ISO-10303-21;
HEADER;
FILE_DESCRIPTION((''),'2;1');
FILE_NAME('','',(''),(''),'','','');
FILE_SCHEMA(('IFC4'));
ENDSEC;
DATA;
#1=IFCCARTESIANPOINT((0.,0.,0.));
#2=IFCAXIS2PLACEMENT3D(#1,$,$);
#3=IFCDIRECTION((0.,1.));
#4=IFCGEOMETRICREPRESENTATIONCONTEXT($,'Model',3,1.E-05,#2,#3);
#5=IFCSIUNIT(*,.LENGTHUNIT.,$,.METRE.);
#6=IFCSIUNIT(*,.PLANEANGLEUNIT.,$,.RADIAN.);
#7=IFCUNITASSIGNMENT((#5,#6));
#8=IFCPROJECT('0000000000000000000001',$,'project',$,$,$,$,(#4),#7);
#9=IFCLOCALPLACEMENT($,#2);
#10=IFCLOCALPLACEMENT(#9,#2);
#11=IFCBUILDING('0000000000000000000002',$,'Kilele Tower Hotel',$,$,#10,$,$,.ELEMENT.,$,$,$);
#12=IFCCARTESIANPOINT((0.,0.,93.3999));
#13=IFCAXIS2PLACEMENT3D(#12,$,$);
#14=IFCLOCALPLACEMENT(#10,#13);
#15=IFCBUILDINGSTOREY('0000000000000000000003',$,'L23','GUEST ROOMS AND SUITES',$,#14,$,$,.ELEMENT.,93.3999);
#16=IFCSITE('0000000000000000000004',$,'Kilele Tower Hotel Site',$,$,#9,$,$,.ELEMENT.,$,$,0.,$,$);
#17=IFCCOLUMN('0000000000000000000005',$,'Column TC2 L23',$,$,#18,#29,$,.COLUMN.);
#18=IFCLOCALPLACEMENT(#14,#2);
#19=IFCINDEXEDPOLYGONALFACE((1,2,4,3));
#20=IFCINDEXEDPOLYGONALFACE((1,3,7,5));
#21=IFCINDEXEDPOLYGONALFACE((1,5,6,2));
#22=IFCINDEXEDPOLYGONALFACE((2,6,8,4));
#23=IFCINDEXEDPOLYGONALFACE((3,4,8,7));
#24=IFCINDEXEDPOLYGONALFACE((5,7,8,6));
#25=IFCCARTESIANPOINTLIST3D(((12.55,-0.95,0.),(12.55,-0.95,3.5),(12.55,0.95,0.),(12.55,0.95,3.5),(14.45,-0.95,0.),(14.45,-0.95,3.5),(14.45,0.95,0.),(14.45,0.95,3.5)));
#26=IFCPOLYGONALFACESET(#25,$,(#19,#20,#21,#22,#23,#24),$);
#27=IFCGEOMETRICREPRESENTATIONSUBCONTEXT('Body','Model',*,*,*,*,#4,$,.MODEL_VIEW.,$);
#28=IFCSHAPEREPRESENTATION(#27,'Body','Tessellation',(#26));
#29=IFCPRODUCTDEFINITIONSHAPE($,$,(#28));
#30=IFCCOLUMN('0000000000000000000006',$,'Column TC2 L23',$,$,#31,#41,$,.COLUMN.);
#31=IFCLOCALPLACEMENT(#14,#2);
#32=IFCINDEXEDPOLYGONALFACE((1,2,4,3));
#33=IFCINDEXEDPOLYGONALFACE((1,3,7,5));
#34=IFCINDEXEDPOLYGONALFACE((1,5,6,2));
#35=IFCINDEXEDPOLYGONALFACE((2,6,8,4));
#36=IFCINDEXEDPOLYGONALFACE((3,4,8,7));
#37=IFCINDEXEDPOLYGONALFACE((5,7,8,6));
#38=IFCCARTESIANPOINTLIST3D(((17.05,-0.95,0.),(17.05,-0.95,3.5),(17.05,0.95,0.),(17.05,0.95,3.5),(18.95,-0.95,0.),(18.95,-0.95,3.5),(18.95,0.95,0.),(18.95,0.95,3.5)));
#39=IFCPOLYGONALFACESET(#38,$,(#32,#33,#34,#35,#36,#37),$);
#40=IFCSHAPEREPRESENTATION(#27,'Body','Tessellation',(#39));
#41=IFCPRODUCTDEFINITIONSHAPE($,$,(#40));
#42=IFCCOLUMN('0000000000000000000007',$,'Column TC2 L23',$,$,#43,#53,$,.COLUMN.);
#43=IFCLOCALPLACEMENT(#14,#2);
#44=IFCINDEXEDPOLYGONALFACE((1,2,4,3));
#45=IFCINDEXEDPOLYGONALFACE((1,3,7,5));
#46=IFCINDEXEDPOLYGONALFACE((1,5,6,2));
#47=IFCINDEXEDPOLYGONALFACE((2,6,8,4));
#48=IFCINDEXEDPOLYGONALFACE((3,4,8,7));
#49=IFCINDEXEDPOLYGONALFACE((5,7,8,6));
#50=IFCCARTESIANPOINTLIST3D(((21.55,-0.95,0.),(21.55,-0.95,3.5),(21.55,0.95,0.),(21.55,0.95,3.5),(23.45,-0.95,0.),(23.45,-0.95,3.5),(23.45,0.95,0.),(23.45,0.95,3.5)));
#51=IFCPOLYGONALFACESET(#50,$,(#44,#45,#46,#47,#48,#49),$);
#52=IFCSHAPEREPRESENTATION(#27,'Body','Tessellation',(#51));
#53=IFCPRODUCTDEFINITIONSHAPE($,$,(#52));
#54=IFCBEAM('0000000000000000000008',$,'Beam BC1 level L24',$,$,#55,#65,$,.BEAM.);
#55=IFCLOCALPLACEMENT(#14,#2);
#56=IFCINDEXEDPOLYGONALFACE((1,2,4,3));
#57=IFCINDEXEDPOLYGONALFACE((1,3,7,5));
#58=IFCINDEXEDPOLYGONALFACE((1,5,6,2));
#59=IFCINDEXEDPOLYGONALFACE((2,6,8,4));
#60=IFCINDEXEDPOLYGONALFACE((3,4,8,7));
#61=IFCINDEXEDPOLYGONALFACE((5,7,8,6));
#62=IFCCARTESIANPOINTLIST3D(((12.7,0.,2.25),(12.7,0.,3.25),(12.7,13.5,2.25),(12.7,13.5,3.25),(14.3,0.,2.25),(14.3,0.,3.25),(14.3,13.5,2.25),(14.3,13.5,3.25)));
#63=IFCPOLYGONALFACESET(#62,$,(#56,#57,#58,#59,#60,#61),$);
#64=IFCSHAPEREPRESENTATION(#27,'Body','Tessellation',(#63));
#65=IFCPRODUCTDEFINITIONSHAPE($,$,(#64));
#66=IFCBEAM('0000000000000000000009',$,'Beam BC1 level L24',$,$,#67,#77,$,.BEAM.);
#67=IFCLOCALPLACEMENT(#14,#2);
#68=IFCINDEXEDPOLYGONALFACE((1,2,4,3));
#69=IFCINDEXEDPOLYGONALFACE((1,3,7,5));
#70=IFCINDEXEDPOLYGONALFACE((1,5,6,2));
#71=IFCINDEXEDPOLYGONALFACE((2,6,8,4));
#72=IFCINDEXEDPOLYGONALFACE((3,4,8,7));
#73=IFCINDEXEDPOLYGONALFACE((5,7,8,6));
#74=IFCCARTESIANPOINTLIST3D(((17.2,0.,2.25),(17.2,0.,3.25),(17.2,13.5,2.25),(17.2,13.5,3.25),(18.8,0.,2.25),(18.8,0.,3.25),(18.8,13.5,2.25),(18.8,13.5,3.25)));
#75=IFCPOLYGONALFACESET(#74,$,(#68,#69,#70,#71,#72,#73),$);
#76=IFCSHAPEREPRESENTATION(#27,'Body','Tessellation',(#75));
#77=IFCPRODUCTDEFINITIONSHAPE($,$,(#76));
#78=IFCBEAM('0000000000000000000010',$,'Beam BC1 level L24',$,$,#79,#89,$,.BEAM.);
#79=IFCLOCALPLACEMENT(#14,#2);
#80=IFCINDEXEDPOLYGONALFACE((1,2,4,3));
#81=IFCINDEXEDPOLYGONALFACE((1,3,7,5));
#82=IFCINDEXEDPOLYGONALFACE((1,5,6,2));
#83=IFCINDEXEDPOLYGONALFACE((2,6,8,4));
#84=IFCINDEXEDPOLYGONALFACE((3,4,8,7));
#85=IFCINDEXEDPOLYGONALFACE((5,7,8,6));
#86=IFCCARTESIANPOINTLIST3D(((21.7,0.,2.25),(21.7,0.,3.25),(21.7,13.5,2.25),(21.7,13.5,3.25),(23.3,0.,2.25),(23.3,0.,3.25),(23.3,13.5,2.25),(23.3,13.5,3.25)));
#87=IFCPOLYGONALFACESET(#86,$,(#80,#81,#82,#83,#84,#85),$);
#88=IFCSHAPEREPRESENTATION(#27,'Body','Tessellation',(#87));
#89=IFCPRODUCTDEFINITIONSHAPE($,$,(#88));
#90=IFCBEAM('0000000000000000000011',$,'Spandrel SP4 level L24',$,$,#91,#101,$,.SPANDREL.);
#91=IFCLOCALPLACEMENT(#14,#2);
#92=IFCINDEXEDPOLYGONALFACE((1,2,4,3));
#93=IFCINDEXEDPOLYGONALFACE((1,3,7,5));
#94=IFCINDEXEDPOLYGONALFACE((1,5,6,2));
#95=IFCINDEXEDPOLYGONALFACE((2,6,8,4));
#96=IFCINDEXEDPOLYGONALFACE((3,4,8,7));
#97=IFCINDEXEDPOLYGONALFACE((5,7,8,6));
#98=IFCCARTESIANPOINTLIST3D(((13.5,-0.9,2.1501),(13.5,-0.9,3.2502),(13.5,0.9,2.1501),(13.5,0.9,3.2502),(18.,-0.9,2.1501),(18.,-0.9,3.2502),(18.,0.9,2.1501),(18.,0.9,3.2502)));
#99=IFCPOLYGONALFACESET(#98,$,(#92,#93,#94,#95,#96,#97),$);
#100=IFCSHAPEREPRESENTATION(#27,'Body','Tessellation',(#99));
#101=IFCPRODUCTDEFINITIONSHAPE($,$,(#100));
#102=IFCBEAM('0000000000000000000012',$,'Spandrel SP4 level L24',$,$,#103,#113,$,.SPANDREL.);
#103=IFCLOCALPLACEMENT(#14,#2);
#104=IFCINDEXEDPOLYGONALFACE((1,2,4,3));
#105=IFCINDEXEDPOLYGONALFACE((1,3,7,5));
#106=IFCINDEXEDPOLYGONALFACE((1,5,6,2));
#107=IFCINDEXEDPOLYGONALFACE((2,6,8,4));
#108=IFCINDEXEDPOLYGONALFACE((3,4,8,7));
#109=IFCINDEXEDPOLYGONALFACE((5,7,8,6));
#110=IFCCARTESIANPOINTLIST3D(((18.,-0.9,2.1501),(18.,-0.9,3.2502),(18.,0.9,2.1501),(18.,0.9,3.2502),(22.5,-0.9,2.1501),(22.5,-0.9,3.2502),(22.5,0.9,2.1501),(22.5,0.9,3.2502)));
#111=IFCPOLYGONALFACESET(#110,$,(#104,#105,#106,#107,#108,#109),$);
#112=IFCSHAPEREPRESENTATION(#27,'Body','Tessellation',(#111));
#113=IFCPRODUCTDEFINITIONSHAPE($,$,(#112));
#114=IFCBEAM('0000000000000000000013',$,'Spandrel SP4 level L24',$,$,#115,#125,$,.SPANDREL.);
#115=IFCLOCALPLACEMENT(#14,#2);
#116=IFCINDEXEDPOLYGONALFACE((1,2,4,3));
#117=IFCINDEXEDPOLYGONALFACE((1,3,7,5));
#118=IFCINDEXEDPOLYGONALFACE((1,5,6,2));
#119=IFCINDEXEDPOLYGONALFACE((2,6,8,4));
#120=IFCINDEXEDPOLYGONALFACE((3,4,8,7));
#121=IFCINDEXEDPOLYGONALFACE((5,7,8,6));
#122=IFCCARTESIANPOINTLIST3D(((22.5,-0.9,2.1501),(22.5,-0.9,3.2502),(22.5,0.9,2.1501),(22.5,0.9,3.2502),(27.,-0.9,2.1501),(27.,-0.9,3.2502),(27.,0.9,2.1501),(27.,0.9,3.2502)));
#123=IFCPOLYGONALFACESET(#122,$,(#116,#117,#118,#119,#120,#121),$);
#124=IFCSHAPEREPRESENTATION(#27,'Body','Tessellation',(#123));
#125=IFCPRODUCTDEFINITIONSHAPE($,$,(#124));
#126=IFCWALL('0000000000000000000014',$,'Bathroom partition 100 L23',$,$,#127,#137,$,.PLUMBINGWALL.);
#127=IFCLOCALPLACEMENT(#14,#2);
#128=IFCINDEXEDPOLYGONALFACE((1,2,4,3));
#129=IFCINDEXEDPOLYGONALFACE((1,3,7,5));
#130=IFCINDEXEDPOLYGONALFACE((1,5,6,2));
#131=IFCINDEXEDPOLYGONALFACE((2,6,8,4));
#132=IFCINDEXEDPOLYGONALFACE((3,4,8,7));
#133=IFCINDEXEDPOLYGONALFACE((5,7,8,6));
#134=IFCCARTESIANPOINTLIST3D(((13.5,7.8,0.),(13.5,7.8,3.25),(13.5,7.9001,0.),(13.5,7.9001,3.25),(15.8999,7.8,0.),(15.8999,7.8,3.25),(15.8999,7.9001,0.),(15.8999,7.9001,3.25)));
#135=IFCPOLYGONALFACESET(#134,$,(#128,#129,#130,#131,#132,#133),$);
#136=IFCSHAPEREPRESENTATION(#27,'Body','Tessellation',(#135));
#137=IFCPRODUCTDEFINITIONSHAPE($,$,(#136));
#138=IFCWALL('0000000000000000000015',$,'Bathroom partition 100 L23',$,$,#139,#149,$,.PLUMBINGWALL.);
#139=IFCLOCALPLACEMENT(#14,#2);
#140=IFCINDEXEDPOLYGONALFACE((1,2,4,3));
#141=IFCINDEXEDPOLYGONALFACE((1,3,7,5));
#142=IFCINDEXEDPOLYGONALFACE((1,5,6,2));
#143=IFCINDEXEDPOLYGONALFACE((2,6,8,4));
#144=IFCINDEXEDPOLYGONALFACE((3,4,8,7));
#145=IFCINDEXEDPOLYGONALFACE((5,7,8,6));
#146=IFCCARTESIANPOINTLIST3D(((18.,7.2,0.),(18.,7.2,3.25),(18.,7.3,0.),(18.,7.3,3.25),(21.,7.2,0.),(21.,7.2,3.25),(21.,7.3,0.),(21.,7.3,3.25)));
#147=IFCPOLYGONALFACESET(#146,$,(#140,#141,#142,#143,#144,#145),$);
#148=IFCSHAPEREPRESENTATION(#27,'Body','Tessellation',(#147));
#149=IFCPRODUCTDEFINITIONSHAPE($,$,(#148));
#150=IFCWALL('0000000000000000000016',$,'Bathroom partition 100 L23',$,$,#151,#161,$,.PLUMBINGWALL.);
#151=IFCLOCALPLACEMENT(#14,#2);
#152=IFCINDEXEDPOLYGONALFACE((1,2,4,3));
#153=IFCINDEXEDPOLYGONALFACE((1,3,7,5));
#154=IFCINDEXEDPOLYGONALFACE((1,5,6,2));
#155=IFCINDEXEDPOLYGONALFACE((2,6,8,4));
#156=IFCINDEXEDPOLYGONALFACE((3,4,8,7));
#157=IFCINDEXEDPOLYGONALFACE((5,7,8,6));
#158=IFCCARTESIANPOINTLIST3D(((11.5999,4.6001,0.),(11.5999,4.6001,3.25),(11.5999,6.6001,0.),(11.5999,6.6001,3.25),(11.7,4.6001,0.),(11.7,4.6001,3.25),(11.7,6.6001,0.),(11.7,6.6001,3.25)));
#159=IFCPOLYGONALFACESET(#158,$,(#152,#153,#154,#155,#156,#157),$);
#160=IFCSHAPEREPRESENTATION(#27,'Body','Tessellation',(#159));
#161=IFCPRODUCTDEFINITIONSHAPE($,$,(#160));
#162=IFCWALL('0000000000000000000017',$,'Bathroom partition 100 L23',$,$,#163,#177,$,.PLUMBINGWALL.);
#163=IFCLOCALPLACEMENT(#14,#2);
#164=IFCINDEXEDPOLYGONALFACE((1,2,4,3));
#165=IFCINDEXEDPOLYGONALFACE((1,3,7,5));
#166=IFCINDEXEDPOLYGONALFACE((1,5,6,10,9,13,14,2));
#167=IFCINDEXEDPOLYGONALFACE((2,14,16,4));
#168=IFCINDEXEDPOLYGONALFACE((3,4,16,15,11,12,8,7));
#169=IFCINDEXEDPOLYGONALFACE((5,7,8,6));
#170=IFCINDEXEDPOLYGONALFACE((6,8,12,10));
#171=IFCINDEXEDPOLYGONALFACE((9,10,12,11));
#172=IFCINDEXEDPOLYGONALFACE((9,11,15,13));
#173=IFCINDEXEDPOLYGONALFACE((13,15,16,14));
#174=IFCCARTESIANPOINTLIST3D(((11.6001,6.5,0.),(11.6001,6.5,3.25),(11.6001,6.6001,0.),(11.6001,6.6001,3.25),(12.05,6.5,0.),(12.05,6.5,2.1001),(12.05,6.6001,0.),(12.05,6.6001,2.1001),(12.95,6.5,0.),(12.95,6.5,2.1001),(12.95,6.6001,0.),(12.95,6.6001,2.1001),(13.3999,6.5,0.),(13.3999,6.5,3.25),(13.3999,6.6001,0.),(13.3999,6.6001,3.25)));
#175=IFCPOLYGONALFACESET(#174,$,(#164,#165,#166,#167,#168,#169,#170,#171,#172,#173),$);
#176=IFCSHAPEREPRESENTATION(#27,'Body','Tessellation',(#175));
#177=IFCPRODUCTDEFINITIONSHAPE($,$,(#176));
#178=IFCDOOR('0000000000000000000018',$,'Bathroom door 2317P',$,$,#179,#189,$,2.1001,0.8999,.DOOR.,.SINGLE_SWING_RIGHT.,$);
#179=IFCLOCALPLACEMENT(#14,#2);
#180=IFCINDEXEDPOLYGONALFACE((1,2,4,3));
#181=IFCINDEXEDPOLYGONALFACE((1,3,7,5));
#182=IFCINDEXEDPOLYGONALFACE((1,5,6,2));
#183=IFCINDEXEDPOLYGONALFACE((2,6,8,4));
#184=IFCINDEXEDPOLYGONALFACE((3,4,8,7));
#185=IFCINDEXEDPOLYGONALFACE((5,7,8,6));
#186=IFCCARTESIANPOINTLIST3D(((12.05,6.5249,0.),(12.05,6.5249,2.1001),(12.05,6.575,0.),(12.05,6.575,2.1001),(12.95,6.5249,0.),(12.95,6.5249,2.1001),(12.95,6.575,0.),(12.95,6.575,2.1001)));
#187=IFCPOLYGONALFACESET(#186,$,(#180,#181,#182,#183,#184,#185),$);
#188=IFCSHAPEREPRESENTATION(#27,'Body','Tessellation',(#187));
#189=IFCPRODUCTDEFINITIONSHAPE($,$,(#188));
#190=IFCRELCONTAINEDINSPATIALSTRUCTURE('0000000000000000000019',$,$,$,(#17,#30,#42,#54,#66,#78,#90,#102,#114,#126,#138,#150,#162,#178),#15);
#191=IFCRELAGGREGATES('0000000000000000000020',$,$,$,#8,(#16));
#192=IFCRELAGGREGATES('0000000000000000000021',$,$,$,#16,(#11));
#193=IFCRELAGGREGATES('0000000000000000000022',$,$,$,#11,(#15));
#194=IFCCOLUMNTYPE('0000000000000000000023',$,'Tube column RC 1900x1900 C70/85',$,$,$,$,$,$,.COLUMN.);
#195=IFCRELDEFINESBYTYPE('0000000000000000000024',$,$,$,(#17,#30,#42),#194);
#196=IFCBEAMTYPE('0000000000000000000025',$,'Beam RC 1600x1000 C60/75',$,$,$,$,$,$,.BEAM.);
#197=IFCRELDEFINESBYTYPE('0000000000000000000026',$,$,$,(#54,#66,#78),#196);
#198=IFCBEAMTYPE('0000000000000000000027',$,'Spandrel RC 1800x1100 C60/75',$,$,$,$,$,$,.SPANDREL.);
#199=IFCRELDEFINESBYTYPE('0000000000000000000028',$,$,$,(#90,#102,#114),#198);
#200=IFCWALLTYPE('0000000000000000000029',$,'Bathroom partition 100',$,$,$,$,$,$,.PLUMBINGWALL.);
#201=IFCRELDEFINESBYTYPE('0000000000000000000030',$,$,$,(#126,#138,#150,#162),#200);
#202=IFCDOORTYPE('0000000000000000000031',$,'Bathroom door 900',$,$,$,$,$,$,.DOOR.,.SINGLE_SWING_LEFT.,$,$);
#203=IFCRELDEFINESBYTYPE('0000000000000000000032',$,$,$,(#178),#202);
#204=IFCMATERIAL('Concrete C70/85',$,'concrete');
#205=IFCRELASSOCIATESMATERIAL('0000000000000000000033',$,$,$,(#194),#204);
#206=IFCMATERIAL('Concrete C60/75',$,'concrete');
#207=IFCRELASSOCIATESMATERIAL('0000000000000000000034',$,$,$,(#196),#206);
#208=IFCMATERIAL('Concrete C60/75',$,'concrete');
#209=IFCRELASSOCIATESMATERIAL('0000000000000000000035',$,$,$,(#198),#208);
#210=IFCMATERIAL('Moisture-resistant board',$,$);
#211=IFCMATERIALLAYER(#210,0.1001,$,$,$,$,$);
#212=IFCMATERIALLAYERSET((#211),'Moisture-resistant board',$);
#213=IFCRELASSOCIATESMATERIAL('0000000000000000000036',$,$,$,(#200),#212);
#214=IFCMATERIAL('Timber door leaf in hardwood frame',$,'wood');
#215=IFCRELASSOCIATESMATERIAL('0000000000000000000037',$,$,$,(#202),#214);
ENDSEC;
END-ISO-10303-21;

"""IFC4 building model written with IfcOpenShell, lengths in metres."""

from ifc_helpers import new_model, si_unit, direction, frame, frame_2d, origin, origin_2d, place, context, subcontext, project, spatial, rectangle, extrude, material, layer, layer_set, material_profile, profile_set, type_object, element, fill, save


model = new_model("IFC4")

# Units and contexts
model_context = context("Model", 3, precision=1e-05, world=origin(), true_north=direction((0.0, 1.0)))
body_context = subcontext(model_context, "Body", "Model", "MODEL_VIEW")
ifc_project = project(units=[si_unit("LENGTHUNIT", "METRE"), si_unit("PLANEANGLEUNIT", "RADIAN")], contexts=[model_context])

# Site, building, storey
site_placement = place(None, origin())
site = spatial("IfcSite", under=ifc_project, at=site_placement, Name="Kilele Tower Hotel Site", CompositionType="ELEMENT", RefElevation=0.0)
building_placement = place(site_placement, origin())
building = spatial("IfcBuilding", under=site, at=building_placement, Name="Kilele Tower Hotel", CompositionType="ELEMENT")
storey_placement = place(building_placement, frame((0.0, 0.0, 93.3999)))
storey = spatial("IfcBuildingStorey", under=building, at=storey_placement, Name="L23", Description="GUEST ROOMS AND SUITES", CompositionType="ELEMENT", Elevation=93.3999)

# Columns
ifc_material_1 = material(Name="Concrete C70/85", Category="concrete")
ifc_material_profile_1 = material_profile(ifc_material_1, rectangle(XDim=1.8999, YDim=1.8999, at=origin_2d()))
ifc_profile_set_1 = profile_set([ifc_material_profile_1], Name="Concrete C70/85")
column_type = type_object("IfcColumnType", Name="Tube column RC 1900x1900 C70/85", PredefinedType="COLUMN", material=ifc_profile_set_1)
for number, where, z_axis, x_axis, name in (
    (1, (13.5, 0.0, 0.0), (0.0, 0.0, 1.0), (1.0, 0.0, 0.0), "Column TC2 L23"),
    (2, (18.0, 0.0, 0.0), (0.0, 0.0, 1.0), (1.0, 0.0, 0.0), "Column TC2 L23"),
    (3, (22.5, 0.0, 0.0), (0.0, 0.0, 1.0), (1.0, 0.0, 0.0), "Column TC2 L23"),
):
    element("IfcColumn", number, at=place(storey_placement, frame(where, z_axis=z_axis, x_axis=x_axis)), inside=storey, type_object=column_type, Name=name, PredefinedType="COLUMN", context=body_context, shape_type="SweptSolid", body=[
        extrude(rectangle(XDim=1.8999, YDim=1.8999, at=origin_2d()), origin(), (0.0, 0.0, 1.0), 3.5),
    ])

# Beams
ifc_material_2 = material(Name="Concrete C60/75", Category="concrete")
ifc_material_profile_2 = material_profile(ifc_material_2, rectangle(XDim=1.6001, YDim=1.0, at=origin_2d()))
ifc_profile_set_2 = profile_set([ifc_material_profile_2], Name="Concrete C60/75")
beam_type_1 = type_object("IfcBeamType", Name="Beam RC 1600x1000 C60/75", PredefinedType="BEAM", material=ifc_profile_set_2)
for number, where, z_axis, x_axis, name in (
    (4, (13.5, 0.0, 2.75), (0.0, 1.0, 0.0), (-1.0, 0.0, 0.0), "Beam BC1 level L24"),
    (5, (18.0, 0.0, 2.75), (0.0, 1.0, 0.0), (-1.0, 0.0, 0.0), "Beam BC1 level L24"),
    (6, (22.5, 0.0, 2.75), (0.0, 1.0, 0.0), (-1.0, 0.0, 0.0), "Beam BC1 level L24"),
):
    element("IfcBeam", number, at=place(storey_placement, frame(where, z_axis=z_axis, x_axis=x_axis)), inside=storey, type_object=beam_type_1, Name=name, PredefinedType="BEAM", context=body_context, shape_type="SweptSolid", body=[
        extrude(rectangle(XDim=1.6001, YDim=1.0, at=origin_2d()), origin(), (0.0, 0.0, 1.0), 13.5),
    ])
ifc_material_3 = material(Name="Concrete C60/75", Category="concrete")
ifc_material_profile_3 = material_profile(ifc_material_3, rectangle(XDim=1.8, YDim=1.1001, at=origin_2d()))
ifc_profile_set_3 = profile_set([ifc_material_profile_3], Name="Concrete C60/75")
beam_type_2 = type_object("IfcBeamType", Name="Spandrel RC 1800x1100 C60/75", PredefinedType="SPANDREL", material=ifc_profile_set_3)
for number, where, z_axis, x_axis, name in (
    (7, (13.5, 0.0, 2.7002), (1.0, 0.0, 0.0), (0.0, 1.0, 0.0), "Spandrel SP4 level L24"),
    (8, (18.0, 0.0, 2.7002), (1.0, 0.0, 0.0), (0.0, 1.0, 0.0), "Spandrel SP4 level L24"),
    (9, (22.5, 0.0, 2.7002), (1.0, 0.0, 0.0), (0.0, 1.0, 0.0), "Spandrel SP4 level L24"),
):
    element("IfcBeam", number, at=place(storey_placement, frame(where, z_axis=z_axis, x_axis=x_axis)), inside=storey, type_object=beam_type_2, Name=name, PredefinedType="SPANDREL", context=body_context, shape_type="SweptSolid", body=[
        extrude(rectangle(XDim=1.8, YDim=1.1001, at=origin_2d()), origin(), (0.0, 0.0, 1.0), 4.5),
    ])

# Walls
ifc_material_4 = material(Name="Moisture-resistant board")
ifc_layer_1 = layer(ifc_material_4, 0.1001)
ifc_layer_set_1 = layer_set([ifc_layer_1], Name="Moisture-resistant board")
wall_type_1 = type_object("IfcWallType", Name="Bathroom partition 100", PredefinedType="PLUMBINGWALL", material=ifc_layer_set_1)
wall_1_placement = place(storey_placement, frame((13.5, 7.8501, 0.0), z_axis=(0.0, 0.0, 1.0), x_axis=(1.0, 0.0, 0.0)))
element("IfcWall", 10, at=wall_1_placement, inside=storey, type_object=wall_type_1, Name="Bathroom partition 100 L23", PredefinedType="PLUMBINGWALL", context=body_context, shape_type="SweptSolid", body=[
    extrude(rectangle(XDim=2.3999, YDim=0.1001, at=frame_2d((1.2, 0.0))), origin(), (0.0, 0.0, 1.0), 3.25),
])
wall_2_placement = place(storey_placement, frame((18.0, 7.25, 0.0), z_axis=(0.0, 0.0, 1.0), x_axis=(1.0, 0.0, 0.0)))
element("IfcWall", 11, at=wall_2_placement, inside=storey, type_object=wall_type_1, Name="Bathroom partition 100 L23", PredefinedType="PLUMBINGWALL", context=body_context, shape_type="SweptSolid", body=[
    extrude(rectangle(XDim=3.0, YDim=0.1001, at=frame_2d((1.5, 0.0))), origin(), (0.0, 0.0, 1.0), 3.25),
])
wall_3_placement = place(storey_placement, frame((11.6499, 4.6001, 0.0), z_axis=(0.0, 0.0, 1.0), x_axis=(0.0, 1.0, 0.0)))
element("IfcWall", 12, at=wall_3_placement, inside=storey, type_object=wall_type_1, Name="Bathroom partition 100 L23", PredefinedType="PLUMBINGWALL", context=body_context, shape_type="SweptSolid", body=[
    extrude(rectangle(XDim=2.0, YDim=0.1001, at=frame_2d((1.0, 0.0))), origin(), (0.0, 0.0, 1.0), 3.25),
])

# Wall, opening, door
wall_4_placement = place(storey_placement, frame((13.3999, 6.55, 0.0), z_axis=(0.0, 0.0, 1.0), x_axis=(-1.0, 0.0, 0.0)))
wall_4 = element("IfcWall", 13, at=wall_4_placement, inside=storey, type_object=wall_type_1, Name="Bathroom partition 100 L23", PredefinedType="PLUMBINGWALL", context=body_context, shape_type="SweptSolid", body=[
    extrude(rectangle(XDim=1.7998, YDim=0.1001, at=frame_2d((0.8999, 0.0))), origin(), (0.0, 0.0, 1.0), 3.25),
])
opening_1_placement = place(wall_4_placement, frame((1.3499, 0.0, 0.0), z_axis=(0.0, 0.0, 1.0), x_axis=(-1.0, 0.0, 0.0)))
opening_1 = element("IfcOpeningElement", 14, at=opening_1_placement, cuts=wall_4, PredefinedType="OPENING", context=body_context, shape_type="SweptSolid", body=[
    extrude(rectangle(XDim=0.8999, YDim=2.1001, at=frame_2d((0.45, 1.05))), frame((0.0, 0.0601, 0.0), z_axis=(0.0, -1.0, 0.0), x_axis=(1.0, 0.0, 0.0)), (0.0, 0.0, 1.0), 0.1201),
])
ifc_material_5 = material(Name="Timber door leaf in hardwood frame", Category="wood")
door_type_1 = type_object("IfcDoorType", Name="Bathroom door 900", OperationType="SINGLE_SWING_LEFT", PredefinedType="DOOR", material=ifc_material_5)
door_1_placement = place(opening_1_placement, origin())
door_1 = element("IfcDoor", 15, at=door_1_placement, inside=storey, type_object=door_type_1, Name="Bathroom door 2317P", OperationType="SINGLE_SWING_RIGHT", OverallHeight=2.1001, OverallWidth=0.8999, PredefinedType="DOOR", context=body_context, shape_type="SweptSolid", body=[
    extrude(rectangle(XDim=0.8999, YDim=2.1001, at=frame_2d((0.45, 1.05))), frame((0.0, 0.0249, 0.0), z_axis=(0.0, -1.0, 0.0), x_axis=(1.0, 0.0, 0.0)), (0.0, 0.0, 1.0), 0.05),
])
fill(opening_1, door_1)

save(model, "model.ifc")
